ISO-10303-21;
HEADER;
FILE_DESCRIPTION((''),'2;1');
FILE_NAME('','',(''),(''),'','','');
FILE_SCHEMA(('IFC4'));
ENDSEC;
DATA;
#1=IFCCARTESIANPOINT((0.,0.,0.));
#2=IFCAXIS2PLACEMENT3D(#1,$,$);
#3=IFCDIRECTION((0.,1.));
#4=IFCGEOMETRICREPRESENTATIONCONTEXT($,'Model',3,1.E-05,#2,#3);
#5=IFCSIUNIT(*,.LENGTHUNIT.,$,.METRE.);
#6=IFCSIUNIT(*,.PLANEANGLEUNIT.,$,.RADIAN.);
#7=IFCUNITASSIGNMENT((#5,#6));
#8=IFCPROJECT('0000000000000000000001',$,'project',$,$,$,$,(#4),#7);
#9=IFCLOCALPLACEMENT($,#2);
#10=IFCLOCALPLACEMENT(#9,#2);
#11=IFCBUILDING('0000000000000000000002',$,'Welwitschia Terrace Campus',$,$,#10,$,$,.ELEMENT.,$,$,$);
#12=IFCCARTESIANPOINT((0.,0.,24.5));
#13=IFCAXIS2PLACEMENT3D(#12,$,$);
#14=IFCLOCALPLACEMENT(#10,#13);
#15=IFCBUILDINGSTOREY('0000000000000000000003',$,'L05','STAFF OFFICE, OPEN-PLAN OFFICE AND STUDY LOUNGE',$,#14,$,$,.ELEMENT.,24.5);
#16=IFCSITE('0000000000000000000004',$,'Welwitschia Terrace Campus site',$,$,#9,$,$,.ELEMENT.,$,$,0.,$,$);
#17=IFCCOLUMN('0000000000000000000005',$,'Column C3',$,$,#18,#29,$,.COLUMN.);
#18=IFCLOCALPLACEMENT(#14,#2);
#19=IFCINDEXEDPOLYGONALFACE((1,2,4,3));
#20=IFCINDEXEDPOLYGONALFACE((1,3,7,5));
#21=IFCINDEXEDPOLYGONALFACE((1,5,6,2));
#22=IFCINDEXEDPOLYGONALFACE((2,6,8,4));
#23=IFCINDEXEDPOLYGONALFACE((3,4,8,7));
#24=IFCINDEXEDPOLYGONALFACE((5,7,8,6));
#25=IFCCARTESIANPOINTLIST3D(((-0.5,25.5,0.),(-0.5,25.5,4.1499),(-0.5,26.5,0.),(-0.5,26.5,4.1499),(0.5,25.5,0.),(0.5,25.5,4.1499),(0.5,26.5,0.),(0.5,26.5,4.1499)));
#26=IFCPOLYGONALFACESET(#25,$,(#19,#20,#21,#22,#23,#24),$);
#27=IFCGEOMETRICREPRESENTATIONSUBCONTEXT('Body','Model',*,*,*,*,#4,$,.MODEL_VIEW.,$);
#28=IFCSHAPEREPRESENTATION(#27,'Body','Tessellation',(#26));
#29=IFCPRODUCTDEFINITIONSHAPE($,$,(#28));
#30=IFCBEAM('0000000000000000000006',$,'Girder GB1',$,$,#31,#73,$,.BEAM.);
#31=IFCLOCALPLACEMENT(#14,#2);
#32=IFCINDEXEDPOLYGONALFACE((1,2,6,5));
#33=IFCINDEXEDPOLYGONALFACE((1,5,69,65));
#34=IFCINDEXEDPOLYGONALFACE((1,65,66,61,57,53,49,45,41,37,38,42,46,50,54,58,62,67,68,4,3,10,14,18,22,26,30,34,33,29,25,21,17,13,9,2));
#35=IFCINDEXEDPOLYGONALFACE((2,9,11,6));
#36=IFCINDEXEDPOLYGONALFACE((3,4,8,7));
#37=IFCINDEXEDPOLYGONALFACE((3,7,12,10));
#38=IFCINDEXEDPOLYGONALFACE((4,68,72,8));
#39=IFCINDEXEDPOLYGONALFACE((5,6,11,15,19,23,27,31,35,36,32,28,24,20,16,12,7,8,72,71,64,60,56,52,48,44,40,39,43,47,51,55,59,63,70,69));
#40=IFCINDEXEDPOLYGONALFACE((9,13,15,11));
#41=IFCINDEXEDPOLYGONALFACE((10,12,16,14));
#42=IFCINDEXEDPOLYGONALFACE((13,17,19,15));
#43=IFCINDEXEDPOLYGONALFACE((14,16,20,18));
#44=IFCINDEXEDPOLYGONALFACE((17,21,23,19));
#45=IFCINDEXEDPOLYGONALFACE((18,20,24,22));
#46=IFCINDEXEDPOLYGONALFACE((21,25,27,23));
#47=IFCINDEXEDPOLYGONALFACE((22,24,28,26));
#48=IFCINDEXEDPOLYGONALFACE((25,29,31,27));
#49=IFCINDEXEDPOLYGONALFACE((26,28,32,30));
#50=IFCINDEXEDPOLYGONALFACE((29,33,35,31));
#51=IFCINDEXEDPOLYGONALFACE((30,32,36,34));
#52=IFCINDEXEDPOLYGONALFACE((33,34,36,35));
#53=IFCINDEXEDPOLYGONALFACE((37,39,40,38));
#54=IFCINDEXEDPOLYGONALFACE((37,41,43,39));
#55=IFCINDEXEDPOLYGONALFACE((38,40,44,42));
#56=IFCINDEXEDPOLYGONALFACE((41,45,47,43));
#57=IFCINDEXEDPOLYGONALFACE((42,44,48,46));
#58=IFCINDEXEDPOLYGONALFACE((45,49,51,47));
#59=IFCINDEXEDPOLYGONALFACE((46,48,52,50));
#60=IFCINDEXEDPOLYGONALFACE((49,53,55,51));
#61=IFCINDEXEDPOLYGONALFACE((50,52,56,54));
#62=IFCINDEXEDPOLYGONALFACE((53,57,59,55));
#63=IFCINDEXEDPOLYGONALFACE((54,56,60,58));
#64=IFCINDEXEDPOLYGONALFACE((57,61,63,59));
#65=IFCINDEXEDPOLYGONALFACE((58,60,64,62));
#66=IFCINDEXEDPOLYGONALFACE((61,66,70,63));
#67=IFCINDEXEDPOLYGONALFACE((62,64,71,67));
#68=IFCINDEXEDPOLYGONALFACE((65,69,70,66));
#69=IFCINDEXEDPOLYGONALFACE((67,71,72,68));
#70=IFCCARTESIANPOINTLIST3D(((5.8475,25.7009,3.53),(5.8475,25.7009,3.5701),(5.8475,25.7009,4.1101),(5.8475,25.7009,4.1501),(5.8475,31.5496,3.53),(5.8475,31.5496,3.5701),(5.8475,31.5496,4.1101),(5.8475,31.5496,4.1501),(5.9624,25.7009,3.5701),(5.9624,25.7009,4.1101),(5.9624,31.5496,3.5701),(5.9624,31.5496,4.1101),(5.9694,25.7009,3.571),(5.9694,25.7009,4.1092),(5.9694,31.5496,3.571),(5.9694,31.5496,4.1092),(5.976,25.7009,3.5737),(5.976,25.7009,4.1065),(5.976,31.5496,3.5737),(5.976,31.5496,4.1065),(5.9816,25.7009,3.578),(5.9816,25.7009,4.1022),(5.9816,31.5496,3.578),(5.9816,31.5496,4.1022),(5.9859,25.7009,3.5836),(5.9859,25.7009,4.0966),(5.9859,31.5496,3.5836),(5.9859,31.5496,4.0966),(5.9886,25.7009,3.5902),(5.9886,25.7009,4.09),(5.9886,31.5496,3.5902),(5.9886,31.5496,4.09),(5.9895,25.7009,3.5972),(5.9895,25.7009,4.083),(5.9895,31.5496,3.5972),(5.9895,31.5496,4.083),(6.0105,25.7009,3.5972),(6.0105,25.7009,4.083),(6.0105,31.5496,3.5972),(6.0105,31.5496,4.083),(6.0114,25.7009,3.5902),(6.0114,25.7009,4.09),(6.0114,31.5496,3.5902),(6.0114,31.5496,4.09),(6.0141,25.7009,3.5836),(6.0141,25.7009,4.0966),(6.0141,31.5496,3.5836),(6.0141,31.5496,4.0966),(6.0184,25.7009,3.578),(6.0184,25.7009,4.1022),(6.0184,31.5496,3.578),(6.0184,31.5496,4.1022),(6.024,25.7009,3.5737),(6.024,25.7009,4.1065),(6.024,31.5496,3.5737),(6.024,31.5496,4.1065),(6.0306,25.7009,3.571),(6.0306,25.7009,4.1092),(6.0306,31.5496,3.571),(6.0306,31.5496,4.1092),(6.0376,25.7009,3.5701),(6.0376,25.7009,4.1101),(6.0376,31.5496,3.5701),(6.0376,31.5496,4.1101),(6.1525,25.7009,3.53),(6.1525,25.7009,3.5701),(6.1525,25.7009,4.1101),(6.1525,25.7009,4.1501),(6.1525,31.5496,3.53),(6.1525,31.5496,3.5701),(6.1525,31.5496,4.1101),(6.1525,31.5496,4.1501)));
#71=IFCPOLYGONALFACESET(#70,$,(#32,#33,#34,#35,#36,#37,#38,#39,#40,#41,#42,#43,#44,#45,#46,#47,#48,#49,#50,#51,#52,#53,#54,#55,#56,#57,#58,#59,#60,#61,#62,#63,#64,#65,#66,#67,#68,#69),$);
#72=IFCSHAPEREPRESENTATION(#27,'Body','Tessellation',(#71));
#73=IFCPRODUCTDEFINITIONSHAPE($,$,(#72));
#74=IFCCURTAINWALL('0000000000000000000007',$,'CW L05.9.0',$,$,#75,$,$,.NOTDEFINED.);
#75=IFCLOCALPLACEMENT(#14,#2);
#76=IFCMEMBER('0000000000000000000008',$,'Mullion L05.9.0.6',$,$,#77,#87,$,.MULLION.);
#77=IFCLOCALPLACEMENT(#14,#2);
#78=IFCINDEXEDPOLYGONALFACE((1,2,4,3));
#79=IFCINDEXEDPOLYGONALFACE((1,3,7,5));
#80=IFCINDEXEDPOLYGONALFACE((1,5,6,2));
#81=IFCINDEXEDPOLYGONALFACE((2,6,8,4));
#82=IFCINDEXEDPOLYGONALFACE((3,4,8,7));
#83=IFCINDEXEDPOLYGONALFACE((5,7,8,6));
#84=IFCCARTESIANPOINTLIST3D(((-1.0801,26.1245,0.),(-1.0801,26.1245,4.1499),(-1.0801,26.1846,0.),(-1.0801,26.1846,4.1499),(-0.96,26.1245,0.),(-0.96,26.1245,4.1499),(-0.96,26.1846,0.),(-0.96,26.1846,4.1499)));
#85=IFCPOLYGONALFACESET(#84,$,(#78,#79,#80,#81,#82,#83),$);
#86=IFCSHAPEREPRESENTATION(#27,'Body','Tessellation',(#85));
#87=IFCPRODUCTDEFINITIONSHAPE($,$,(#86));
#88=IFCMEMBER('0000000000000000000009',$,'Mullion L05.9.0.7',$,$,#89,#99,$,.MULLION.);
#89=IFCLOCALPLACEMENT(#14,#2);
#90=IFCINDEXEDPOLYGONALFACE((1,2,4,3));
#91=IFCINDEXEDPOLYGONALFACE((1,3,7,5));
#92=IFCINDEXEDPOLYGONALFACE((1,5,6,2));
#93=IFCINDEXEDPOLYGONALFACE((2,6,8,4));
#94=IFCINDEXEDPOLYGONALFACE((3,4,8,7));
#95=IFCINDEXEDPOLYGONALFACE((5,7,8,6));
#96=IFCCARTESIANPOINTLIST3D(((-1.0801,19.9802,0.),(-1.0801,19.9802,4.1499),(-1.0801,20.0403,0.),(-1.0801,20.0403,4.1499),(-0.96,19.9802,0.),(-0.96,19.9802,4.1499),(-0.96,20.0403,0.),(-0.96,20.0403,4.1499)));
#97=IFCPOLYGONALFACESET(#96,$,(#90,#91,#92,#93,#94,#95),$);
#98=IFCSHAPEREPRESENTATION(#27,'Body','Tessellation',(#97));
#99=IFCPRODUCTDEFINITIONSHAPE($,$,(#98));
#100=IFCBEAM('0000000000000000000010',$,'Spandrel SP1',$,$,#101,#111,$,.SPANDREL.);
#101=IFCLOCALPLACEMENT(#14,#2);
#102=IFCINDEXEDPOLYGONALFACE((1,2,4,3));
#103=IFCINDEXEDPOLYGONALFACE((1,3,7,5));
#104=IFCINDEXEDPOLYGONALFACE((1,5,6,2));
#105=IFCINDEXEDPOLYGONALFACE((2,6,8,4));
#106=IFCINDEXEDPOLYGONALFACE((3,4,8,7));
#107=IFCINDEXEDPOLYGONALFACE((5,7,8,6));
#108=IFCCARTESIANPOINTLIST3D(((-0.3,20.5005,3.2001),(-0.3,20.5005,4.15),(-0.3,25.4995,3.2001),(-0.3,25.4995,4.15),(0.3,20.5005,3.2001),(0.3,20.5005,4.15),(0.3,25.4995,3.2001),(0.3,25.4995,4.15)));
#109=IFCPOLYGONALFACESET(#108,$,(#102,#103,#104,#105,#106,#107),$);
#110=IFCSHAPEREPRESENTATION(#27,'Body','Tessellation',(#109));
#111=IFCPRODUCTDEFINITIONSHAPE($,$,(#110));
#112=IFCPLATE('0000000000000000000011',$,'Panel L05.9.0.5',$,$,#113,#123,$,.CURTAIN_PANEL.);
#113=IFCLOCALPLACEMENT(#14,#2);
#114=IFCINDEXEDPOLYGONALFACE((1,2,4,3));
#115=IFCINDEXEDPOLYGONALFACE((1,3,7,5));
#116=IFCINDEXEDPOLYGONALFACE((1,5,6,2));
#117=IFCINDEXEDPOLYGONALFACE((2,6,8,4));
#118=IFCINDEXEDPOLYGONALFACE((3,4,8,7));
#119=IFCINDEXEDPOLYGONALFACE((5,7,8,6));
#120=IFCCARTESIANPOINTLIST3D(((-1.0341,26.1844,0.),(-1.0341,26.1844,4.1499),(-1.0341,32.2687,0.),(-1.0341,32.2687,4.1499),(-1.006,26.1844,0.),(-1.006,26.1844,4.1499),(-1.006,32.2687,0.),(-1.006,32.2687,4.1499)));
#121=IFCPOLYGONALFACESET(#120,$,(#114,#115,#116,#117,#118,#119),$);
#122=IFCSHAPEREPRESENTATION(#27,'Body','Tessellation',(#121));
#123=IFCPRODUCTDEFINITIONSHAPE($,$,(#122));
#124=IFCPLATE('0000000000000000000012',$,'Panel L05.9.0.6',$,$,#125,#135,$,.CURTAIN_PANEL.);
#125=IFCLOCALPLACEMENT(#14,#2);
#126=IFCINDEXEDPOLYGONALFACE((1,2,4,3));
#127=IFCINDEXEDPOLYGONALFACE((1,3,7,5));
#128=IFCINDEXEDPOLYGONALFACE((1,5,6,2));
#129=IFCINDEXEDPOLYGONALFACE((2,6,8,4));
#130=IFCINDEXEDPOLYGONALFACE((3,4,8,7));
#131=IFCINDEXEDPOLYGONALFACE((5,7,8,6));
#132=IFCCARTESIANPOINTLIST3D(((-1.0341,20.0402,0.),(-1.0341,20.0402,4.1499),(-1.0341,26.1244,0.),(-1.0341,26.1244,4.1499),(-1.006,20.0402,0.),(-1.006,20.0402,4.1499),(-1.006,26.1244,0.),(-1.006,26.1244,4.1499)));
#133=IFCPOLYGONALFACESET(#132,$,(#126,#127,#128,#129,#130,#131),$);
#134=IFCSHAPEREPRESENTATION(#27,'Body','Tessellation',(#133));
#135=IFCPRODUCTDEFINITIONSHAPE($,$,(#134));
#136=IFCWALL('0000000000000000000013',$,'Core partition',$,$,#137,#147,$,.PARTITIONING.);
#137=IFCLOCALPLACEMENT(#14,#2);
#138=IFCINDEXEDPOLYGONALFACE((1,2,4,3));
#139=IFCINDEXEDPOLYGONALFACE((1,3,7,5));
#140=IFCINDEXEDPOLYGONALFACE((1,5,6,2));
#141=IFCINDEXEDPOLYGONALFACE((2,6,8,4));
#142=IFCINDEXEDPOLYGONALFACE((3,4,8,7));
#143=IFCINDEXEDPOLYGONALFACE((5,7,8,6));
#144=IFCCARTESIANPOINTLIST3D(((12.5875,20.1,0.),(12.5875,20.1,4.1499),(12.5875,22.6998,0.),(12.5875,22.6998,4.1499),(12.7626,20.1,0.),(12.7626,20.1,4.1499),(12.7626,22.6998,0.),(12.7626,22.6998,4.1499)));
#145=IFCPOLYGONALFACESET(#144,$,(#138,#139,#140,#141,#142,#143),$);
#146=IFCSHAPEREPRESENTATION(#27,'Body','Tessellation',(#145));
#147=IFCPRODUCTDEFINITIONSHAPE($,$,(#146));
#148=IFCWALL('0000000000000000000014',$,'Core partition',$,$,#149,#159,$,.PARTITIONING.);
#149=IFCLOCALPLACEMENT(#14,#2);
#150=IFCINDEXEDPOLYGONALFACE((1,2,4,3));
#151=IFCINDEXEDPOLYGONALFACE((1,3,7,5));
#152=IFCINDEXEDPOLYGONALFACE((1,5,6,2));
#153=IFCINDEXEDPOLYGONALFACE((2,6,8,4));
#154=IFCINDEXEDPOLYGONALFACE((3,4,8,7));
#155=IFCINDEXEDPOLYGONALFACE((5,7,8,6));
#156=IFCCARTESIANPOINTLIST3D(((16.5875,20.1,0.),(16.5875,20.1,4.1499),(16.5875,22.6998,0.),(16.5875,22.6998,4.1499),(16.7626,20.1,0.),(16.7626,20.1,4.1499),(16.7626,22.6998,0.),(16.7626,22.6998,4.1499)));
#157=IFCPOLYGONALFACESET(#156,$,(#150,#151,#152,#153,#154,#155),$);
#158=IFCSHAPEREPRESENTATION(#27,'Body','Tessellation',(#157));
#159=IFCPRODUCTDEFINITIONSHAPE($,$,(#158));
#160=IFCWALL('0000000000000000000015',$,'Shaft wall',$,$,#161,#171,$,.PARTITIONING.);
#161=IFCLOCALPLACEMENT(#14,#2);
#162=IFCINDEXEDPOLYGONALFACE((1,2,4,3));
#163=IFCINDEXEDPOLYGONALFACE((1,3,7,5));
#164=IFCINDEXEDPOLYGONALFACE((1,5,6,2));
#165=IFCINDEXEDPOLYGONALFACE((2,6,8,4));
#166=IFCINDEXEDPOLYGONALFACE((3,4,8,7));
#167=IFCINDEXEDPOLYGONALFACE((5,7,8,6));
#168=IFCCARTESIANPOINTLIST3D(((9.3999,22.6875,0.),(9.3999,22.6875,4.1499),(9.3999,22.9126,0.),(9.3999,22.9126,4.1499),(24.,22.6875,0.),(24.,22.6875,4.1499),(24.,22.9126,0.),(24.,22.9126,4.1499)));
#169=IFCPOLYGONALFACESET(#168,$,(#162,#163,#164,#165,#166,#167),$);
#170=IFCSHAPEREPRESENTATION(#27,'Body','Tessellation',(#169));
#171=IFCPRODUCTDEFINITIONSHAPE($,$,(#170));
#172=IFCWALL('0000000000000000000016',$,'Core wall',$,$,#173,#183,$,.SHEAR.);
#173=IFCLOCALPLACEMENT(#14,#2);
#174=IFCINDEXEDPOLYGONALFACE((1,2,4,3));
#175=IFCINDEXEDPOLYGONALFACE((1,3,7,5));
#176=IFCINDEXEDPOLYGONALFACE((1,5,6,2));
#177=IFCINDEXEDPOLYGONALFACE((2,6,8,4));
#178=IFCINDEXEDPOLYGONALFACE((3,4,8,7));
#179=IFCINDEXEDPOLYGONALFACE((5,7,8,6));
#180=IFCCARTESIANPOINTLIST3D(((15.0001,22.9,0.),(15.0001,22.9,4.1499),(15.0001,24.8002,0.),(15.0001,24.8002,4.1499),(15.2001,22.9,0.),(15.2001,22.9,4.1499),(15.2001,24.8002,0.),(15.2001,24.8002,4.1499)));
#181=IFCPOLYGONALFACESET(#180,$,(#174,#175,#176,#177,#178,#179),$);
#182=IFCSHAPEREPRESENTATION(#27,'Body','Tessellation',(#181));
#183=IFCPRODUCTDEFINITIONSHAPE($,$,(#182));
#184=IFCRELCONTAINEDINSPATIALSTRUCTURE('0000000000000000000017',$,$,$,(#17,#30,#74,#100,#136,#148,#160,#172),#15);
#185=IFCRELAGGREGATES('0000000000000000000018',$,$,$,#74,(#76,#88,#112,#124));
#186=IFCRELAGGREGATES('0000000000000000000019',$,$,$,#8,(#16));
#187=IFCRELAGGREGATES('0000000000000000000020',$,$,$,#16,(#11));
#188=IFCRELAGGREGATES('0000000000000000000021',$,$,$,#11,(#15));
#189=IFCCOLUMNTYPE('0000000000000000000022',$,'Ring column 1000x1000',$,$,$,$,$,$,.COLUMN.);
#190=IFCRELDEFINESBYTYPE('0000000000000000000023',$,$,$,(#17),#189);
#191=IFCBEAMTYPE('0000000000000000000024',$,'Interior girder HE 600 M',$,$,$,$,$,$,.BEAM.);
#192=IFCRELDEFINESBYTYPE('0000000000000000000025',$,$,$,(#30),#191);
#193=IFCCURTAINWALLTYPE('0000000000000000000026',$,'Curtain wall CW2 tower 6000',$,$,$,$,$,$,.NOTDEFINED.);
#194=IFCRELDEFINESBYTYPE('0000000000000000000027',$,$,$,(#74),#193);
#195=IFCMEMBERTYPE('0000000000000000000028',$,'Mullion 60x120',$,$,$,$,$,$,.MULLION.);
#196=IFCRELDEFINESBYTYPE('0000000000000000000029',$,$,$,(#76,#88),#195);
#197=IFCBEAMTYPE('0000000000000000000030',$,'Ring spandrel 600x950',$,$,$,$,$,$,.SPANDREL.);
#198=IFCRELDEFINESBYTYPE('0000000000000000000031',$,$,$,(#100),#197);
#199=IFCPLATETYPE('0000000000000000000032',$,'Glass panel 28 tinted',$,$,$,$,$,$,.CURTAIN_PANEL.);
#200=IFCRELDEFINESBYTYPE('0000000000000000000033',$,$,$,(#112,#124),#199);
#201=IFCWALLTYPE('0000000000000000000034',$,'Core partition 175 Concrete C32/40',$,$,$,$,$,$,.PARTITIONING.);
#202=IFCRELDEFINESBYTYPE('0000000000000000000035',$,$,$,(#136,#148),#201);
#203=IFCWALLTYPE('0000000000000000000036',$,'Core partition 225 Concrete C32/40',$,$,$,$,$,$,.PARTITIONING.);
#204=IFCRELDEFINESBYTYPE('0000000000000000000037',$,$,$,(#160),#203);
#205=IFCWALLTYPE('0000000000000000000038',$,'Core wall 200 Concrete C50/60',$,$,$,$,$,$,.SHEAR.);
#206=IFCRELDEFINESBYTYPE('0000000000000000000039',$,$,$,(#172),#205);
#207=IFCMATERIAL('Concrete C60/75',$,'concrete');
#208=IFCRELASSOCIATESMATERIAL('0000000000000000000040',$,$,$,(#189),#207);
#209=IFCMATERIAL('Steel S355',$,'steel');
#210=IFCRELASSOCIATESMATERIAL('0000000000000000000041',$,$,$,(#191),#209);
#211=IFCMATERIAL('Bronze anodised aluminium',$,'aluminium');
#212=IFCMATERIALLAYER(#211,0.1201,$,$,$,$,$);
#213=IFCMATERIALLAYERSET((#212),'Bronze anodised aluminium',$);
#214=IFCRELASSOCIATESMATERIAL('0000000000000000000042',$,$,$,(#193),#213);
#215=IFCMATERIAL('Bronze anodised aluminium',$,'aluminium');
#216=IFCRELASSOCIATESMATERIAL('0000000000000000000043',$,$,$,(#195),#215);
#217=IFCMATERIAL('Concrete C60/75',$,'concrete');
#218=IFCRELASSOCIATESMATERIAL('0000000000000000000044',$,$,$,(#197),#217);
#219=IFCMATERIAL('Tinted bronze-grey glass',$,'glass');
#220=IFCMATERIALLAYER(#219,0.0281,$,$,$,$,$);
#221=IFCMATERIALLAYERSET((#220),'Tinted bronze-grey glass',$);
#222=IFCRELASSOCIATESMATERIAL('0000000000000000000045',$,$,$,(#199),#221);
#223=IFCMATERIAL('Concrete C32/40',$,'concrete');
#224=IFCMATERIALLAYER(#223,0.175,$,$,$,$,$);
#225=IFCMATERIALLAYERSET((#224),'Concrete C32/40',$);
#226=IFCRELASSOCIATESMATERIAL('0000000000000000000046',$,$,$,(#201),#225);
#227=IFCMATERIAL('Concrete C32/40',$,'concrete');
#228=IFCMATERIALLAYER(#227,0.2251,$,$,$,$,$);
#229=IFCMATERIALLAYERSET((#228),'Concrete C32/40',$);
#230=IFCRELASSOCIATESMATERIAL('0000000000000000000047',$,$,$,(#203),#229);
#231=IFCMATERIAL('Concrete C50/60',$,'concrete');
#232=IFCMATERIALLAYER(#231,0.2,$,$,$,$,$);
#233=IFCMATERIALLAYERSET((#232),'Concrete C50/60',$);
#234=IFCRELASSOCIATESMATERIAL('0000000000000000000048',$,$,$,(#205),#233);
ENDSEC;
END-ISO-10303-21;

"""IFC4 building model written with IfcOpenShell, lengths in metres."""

from ifc_helpers import new_model, si_unit, direction, frame, frame_2d, origin, origin_2d, place, context, subcontext, project, spatial, rectangle, i_section, extrude, material, layer, layer_set, material_profile, profile_set, type_object, element, aggregate, save


model = new_model("IFC4")

# Units and contexts
model_context = context("Model", 3, precision=1e-05, world=origin(), true_north=direction((0.0, 1.0)))
body_context = subcontext(model_context, "Body", "Model", "MODEL_VIEW")
ifc_project = project(units=[si_unit("LENGTHUNIT", "METRE"), si_unit("PLANEANGLEUNIT", "RADIAN")], contexts=[model_context])

# Site, building, storey
site_placement = place(None, origin())
site = spatial("IfcSite", under=ifc_project, at=site_placement, Name="Welwitschia Terrace Campus site", CompositionType="ELEMENT", RefElevation=0.0)
building_placement = place(site_placement, origin())
building = spatial("IfcBuilding", under=site, at=building_placement, Name="Welwitschia Terrace Campus", CompositionType="ELEMENT")
storey_placement = place(building_placement, frame((0.0, 0.0, 24.5)))
storey = spatial("IfcBuildingStorey", under=building, at=storey_placement, Name="L05", Description="STAFF OFFICE, OPEN-PLAN OFFICE AND STUDY LOUNGE", CompositionType="ELEMENT", Elevation=24.5)

# Column
ifc_material_1 = material(Name="Concrete C60/75", Category="concrete")
ifc_material_profile_1 = material_profile(ifc_material_1, rectangle(XDim=1.0, YDim=1.0, at=origin_2d()))
ifc_profile_set_1 = profile_set([ifc_material_profile_1], Name="Concrete C60/75")
column_type = type_object("IfcColumnType", Name="Ring column 1000x1000", PredefinedType="COLUMN", material=ifc_profile_set_1)
column_placement = place(storey_placement, frame((0.0, 26.0, 0.0), z_axis=(0.0, 0.0, 1.0), x_axis=(1.0, 0.0, 0.0)))
element("IfcColumn", 1, at=column_placement, inside=storey, type_object=column_type, Name="Column C3", PredefinedType="COLUMN", context=body_context, shape_type="SweptSolid", body=[
    extrude(rectangle(XDim=1.0, YDim=1.0, at=origin_2d()), origin(), (0.0, 0.0, 1.0), 4.1499),
])

# Beam
ifc_material_2 = material(Name="Steel S355", Category="steel")
ifc_material_profile_2 = material_profile(ifc_material_2, i_section(OverallWidth=0.3049, OverallDepth=0.6201, WebThickness=0.021, FlangeThickness=0.04, FilletRadius=0.0271, at=origin_2d()))
ifc_profile_set_2 = profile_set([ifc_material_profile_2], Name="Steel S355")
beam_type_1 = type_object("IfcBeamType", Name="Interior girder HE 600 M", PredefinedType="BEAM", material=ifc_profile_set_2)
beam_1_placement = place(storey_placement, frame((6.0, 25.7009, 3.8401), z_axis=(0.0, 1.0, 0.0), x_axis=(-1.0, 0.0, 0.0)))
element("IfcBeam", 2, at=beam_1_placement, inside=storey, type_object=beam_type_1, Name="Girder GB1", PredefinedType="BEAM", context=body_context, shape_type="SweptSolid", body=[
    extrude(i_section(OverallWidth=0.3049, OverallDepth=0.6201, WebThickness=0.021, FlangeThickness=0.04, FilletRadius=0.0271, at=origin_2d()), origin(), (0.0, 0.0, 1.0), 5.8486),
])

# Curtain wall, members
ifc_material_3 = material(Name="Bronze anodised aluminium", Category="aluminium")
ifc_layer_1 = layer(ifc_material_3, 0.1201)
ifc_layer_set_1 = layer_set([ifc_layer_1], Name="Bronze anodised aluminium")
curtain_wall_type = type_object("IfcCurtainWallType", Name="Curtain wall CW2 tower 6000", PredefinedType="NOTDEFINED", material=ifc_layer_set_1)
curtain_wall_placement = place(storey_placement, origin())
curtain_wall = element("IfcCurtainWall", 3, at=curtain_wall_placement, inside=storey, type_object=curtain_wall_type, Name="CW L05.9.0", PredefinedType="NOTDEFINED")
ifc_material_4 = material(Name="Bronze anodised aluminium", Category="aluminium")
ifc_material_profile_3 = material_profile(ifc_material_4, rectangle(XDim=0.1201, YDim=0.0601, at=origin_2d()))
ifc_profile_set_3 = profile_set([ifc_material_profile_3], Name="Bronze anodised aluminium")
member_type = type_object("IfcMemberType", Name="Mullion 60x120", PredefinedType="MULLION", material=ifc_profile_set_3)
member_1_placement = place(storey_placement, frame((-1.02, 26.1545, 0.0), z_axis=(0.0, 0.0, 1.0), x_axis=(1.0, 0.0, 0.0)))
member_1 = element("IfcMember", 4, at=member_1_placement, type_object=member_type, Name="Mullion L05.9.0.6", PredefinedType="MULLION", context=body_context, shape_type="SweptSolid", body=[
    extrude(rectangle(XDim=0.1201, YDim=0.0601, at=origin_2d()), origin(), (0.0, 0.0, 1.0), 4.1499),
])
member_2_placement = place(storey_placement, frame((-1.02, 20.0103, 0.0), z_axis=(0.0, 0.0, 1.0), x_axis=(1.0, 0.0, 0.0)))
member_2 = element("IfcMember", 5, at=member_2_placement, type_object=member_type, Name="Mullion L05.9.0.7", PredefinedType="MULLION", context=body_context, shape_type="SweptSolid", body=[
    extrude(rectangle(XDim=0.1201, YDim=0.0601, at=origin_2d()), origin(), (0.0, 0.0, 1.0), 4.1499),
])

# Beam
ifc_material_5 = material(Name="Concrete C60/75", Category="concrete")
ifc_material_profile_4 = material_profile(ifc_material_5, rectangle(XDim=0.6001, YDim=0.95, at=origin_2d()))
ifc_profile_set_4 = profile_set([ifc_material_profile_4], Name="Concrete C60/75")
beam_type_2 = type_object("IfcBeamType", Name="Ring spandrel 600x950", PredefinedType="SPANDREL", material=ifc_profile_set_4)
beam_2_placement = place(storey_placement, frame((0.0, 25.4995, 3.675), z_axis=(0.0, -1.0, 0.0), x_axis=(1.0, 0.0, 0.0)))
element("IfcBeam", 6, at=beam_2_placement, inside=storey, type_object=beam_type_2, Name="Spandrel SP1", PredefinedType="SPANDREL", context=body_context, shape_type="SweptSolid", body=[
    extrude(rectangle(XDim=0.6001, YDim=0.95, at=origin_2d()), origin(), (0.0, 0.0, 1.0), 4.999),
])

# Plates
ifc_material_6 = material(Name="Tinted bronze-grey glass", Category="glass")
ifc_layer_2 = layer(ifc_material_6, 0.0281)
ifc_layer_set_2 = layer_set([ifc_layer_2], Name="Tinted bronze-grey glass")
plate_type = type_object("IfcPlateType", Name="Glass panel 28 tinted", PredefinedType="CURTAIN_PANEL", material=ifc_layer_set_2)
plate_1_placement = place(storey_placement, frame((-1.02, 29.2266, 0.0), z_axis=(0.0, 0.0, 1.0), x_axis=(0.0, -1.0, 0.0)))
plate_1 = element("IfcPlate", 7, at=plate_1_placement, type_object=plate_type, Name="Panel L05.9.0.5", PredefinedType="CURTAIN_PANEL", context=body_context, shape_type="SweptSolid", body=[
    extrude(rectangle(XDim=6.0842, YDim=0.0281, at=origin_2d()), origin(), (0.0, 0.0, 1.0), 4.1499),
])
plate_2_placement = place(storey_placement, frame((-1.02, 23.0823, 0.0), z_axis=(0.0, 0.0, 1.0), x_axis=(0.0, -1.0, 0.0)))
plate_2 = element("IfcPlate", 8, at=plate_2_placement, type_object=plate_type, Name="Panel L05.9.0.6", PredefinedType="CURTAIN_PANEL", context=body_context, shape_type="SweptSolid", body=[
    extrude(rectangle(XDim=6.0842, YDim=0.0281, at=origin_2d()), origin(), (0.0, 0.0, 1.0), 4.1499),
])
aggregate(curtain_wall, [member_1, member_2, plate_1, plate_2])

# Walls
ifc_material_7 = material(Name="Concrete C32/40", Category="concrete")
ifc_layer_3 = layer(ifc_material_7, 0.175)
ifc_layer_set_3 = layer_set([ifc_layer_3], Name="Concrete C32/40")
wall_type_1 = type_object("IfcWallType", Name="Core partition 175 Concrete C32/40", PredefinedType="PARTITIONING", material=ifc_layer_set_3)
for number, where, z_axis, x_axis, name in (
    (9, (12.675, 20.1001, 0.0), (0.0, 0.0, 1.0), (0.0, 1.0, 0.0), "Core partition"),
    (10, (16.675, 20.1001, 0.0), (0.0, 0.0, 1.0), (0.0, 1.0, 0.0), "Core partition"),
):
    element("IfcWall", number, at=place(storey_placement, frame(where, z_axis=z_axis, x_axis=x_axis)), inside=storey, type_object=wall_type_1, Name=name, PredefinedType="PARTITIONING", context=body_context, shape_type="SweptSolid", body=[
        extrude(rectangle(XDim=2.5999, YDim=0.175, at=frame_2d((1.2998, 0.0))), origin(), (0.0, 0.0, 1.0), 4.1499),
    ])
ifc_material_8 = material(Name="Concrete C32/40", Category="concrete")
ifc_layer_4 = layer(ifc_material_8, 0.2251)
ifc_layer_set_4 = layer_set([ifc_layer_4], Name="Concrete C32/40")
wall_type_2 = type_object("IfcWallType", Name="Core partition 225 Concrete C32/40", PredefinedType="PARTITIONING", material=ifc_layer_set_4)
wall_1_placement = place(storey_placement, frame((9.3999, 22.8, 0.0), z_axis=(0.0, 0.0, 1.0), x_axis=(1.0, 0.0, 0.0)))
element("IfcWall", 11, at=wall_1_placement, inside=storey, type_object=wall_type_2, Name="Shaft wall", PredefinedType="PARTITIONING", context=body_context, shape_type="SweptSolid", body=[
    extrude(rectangle(XDim=14.6001, YDim=0.2251, at=frame_2d((7.3, 0.0))), origin(), (0.0, 0.0, 1.0), 4.1499),
])
ifc_material_9 = material(Name="Concrete C50/60", Category="concrete")
ifc_layer_5 = layer(ifc_material_9, 0.2)
ifc_layer_set_5 = layer_set([ifc_layer_5], Name="Concrete C50/60")
wall_type_3 = type_object("IfcWallType", Name="Core wall 200 Concrete C50/60", PredefinedType="SHEAR", material=ifc_layer_set_5)
wall_2_placement = place(storey_placement, frame((15.1001, 22.8999, 0.0), z_axis=(0.0, 0.0, 1.0), x_axis=(0.0, 1.0, 0.0)))
element("IfcWall", 12, at=wall_2_placement, inside=storey, type_object=wall_type_3, Name="Core wall", PredefinedType="SHEAR", context=body_context, shape_type="SweptSolid", body=[
    extrude(rectangle(XDim=1.9001, YDim=0.2, at=frame_2d((0.9502, 0.0))), origin(), (0.0, 0.0, 1.0), 4.1499),
])

save(model, "model.ifc")
